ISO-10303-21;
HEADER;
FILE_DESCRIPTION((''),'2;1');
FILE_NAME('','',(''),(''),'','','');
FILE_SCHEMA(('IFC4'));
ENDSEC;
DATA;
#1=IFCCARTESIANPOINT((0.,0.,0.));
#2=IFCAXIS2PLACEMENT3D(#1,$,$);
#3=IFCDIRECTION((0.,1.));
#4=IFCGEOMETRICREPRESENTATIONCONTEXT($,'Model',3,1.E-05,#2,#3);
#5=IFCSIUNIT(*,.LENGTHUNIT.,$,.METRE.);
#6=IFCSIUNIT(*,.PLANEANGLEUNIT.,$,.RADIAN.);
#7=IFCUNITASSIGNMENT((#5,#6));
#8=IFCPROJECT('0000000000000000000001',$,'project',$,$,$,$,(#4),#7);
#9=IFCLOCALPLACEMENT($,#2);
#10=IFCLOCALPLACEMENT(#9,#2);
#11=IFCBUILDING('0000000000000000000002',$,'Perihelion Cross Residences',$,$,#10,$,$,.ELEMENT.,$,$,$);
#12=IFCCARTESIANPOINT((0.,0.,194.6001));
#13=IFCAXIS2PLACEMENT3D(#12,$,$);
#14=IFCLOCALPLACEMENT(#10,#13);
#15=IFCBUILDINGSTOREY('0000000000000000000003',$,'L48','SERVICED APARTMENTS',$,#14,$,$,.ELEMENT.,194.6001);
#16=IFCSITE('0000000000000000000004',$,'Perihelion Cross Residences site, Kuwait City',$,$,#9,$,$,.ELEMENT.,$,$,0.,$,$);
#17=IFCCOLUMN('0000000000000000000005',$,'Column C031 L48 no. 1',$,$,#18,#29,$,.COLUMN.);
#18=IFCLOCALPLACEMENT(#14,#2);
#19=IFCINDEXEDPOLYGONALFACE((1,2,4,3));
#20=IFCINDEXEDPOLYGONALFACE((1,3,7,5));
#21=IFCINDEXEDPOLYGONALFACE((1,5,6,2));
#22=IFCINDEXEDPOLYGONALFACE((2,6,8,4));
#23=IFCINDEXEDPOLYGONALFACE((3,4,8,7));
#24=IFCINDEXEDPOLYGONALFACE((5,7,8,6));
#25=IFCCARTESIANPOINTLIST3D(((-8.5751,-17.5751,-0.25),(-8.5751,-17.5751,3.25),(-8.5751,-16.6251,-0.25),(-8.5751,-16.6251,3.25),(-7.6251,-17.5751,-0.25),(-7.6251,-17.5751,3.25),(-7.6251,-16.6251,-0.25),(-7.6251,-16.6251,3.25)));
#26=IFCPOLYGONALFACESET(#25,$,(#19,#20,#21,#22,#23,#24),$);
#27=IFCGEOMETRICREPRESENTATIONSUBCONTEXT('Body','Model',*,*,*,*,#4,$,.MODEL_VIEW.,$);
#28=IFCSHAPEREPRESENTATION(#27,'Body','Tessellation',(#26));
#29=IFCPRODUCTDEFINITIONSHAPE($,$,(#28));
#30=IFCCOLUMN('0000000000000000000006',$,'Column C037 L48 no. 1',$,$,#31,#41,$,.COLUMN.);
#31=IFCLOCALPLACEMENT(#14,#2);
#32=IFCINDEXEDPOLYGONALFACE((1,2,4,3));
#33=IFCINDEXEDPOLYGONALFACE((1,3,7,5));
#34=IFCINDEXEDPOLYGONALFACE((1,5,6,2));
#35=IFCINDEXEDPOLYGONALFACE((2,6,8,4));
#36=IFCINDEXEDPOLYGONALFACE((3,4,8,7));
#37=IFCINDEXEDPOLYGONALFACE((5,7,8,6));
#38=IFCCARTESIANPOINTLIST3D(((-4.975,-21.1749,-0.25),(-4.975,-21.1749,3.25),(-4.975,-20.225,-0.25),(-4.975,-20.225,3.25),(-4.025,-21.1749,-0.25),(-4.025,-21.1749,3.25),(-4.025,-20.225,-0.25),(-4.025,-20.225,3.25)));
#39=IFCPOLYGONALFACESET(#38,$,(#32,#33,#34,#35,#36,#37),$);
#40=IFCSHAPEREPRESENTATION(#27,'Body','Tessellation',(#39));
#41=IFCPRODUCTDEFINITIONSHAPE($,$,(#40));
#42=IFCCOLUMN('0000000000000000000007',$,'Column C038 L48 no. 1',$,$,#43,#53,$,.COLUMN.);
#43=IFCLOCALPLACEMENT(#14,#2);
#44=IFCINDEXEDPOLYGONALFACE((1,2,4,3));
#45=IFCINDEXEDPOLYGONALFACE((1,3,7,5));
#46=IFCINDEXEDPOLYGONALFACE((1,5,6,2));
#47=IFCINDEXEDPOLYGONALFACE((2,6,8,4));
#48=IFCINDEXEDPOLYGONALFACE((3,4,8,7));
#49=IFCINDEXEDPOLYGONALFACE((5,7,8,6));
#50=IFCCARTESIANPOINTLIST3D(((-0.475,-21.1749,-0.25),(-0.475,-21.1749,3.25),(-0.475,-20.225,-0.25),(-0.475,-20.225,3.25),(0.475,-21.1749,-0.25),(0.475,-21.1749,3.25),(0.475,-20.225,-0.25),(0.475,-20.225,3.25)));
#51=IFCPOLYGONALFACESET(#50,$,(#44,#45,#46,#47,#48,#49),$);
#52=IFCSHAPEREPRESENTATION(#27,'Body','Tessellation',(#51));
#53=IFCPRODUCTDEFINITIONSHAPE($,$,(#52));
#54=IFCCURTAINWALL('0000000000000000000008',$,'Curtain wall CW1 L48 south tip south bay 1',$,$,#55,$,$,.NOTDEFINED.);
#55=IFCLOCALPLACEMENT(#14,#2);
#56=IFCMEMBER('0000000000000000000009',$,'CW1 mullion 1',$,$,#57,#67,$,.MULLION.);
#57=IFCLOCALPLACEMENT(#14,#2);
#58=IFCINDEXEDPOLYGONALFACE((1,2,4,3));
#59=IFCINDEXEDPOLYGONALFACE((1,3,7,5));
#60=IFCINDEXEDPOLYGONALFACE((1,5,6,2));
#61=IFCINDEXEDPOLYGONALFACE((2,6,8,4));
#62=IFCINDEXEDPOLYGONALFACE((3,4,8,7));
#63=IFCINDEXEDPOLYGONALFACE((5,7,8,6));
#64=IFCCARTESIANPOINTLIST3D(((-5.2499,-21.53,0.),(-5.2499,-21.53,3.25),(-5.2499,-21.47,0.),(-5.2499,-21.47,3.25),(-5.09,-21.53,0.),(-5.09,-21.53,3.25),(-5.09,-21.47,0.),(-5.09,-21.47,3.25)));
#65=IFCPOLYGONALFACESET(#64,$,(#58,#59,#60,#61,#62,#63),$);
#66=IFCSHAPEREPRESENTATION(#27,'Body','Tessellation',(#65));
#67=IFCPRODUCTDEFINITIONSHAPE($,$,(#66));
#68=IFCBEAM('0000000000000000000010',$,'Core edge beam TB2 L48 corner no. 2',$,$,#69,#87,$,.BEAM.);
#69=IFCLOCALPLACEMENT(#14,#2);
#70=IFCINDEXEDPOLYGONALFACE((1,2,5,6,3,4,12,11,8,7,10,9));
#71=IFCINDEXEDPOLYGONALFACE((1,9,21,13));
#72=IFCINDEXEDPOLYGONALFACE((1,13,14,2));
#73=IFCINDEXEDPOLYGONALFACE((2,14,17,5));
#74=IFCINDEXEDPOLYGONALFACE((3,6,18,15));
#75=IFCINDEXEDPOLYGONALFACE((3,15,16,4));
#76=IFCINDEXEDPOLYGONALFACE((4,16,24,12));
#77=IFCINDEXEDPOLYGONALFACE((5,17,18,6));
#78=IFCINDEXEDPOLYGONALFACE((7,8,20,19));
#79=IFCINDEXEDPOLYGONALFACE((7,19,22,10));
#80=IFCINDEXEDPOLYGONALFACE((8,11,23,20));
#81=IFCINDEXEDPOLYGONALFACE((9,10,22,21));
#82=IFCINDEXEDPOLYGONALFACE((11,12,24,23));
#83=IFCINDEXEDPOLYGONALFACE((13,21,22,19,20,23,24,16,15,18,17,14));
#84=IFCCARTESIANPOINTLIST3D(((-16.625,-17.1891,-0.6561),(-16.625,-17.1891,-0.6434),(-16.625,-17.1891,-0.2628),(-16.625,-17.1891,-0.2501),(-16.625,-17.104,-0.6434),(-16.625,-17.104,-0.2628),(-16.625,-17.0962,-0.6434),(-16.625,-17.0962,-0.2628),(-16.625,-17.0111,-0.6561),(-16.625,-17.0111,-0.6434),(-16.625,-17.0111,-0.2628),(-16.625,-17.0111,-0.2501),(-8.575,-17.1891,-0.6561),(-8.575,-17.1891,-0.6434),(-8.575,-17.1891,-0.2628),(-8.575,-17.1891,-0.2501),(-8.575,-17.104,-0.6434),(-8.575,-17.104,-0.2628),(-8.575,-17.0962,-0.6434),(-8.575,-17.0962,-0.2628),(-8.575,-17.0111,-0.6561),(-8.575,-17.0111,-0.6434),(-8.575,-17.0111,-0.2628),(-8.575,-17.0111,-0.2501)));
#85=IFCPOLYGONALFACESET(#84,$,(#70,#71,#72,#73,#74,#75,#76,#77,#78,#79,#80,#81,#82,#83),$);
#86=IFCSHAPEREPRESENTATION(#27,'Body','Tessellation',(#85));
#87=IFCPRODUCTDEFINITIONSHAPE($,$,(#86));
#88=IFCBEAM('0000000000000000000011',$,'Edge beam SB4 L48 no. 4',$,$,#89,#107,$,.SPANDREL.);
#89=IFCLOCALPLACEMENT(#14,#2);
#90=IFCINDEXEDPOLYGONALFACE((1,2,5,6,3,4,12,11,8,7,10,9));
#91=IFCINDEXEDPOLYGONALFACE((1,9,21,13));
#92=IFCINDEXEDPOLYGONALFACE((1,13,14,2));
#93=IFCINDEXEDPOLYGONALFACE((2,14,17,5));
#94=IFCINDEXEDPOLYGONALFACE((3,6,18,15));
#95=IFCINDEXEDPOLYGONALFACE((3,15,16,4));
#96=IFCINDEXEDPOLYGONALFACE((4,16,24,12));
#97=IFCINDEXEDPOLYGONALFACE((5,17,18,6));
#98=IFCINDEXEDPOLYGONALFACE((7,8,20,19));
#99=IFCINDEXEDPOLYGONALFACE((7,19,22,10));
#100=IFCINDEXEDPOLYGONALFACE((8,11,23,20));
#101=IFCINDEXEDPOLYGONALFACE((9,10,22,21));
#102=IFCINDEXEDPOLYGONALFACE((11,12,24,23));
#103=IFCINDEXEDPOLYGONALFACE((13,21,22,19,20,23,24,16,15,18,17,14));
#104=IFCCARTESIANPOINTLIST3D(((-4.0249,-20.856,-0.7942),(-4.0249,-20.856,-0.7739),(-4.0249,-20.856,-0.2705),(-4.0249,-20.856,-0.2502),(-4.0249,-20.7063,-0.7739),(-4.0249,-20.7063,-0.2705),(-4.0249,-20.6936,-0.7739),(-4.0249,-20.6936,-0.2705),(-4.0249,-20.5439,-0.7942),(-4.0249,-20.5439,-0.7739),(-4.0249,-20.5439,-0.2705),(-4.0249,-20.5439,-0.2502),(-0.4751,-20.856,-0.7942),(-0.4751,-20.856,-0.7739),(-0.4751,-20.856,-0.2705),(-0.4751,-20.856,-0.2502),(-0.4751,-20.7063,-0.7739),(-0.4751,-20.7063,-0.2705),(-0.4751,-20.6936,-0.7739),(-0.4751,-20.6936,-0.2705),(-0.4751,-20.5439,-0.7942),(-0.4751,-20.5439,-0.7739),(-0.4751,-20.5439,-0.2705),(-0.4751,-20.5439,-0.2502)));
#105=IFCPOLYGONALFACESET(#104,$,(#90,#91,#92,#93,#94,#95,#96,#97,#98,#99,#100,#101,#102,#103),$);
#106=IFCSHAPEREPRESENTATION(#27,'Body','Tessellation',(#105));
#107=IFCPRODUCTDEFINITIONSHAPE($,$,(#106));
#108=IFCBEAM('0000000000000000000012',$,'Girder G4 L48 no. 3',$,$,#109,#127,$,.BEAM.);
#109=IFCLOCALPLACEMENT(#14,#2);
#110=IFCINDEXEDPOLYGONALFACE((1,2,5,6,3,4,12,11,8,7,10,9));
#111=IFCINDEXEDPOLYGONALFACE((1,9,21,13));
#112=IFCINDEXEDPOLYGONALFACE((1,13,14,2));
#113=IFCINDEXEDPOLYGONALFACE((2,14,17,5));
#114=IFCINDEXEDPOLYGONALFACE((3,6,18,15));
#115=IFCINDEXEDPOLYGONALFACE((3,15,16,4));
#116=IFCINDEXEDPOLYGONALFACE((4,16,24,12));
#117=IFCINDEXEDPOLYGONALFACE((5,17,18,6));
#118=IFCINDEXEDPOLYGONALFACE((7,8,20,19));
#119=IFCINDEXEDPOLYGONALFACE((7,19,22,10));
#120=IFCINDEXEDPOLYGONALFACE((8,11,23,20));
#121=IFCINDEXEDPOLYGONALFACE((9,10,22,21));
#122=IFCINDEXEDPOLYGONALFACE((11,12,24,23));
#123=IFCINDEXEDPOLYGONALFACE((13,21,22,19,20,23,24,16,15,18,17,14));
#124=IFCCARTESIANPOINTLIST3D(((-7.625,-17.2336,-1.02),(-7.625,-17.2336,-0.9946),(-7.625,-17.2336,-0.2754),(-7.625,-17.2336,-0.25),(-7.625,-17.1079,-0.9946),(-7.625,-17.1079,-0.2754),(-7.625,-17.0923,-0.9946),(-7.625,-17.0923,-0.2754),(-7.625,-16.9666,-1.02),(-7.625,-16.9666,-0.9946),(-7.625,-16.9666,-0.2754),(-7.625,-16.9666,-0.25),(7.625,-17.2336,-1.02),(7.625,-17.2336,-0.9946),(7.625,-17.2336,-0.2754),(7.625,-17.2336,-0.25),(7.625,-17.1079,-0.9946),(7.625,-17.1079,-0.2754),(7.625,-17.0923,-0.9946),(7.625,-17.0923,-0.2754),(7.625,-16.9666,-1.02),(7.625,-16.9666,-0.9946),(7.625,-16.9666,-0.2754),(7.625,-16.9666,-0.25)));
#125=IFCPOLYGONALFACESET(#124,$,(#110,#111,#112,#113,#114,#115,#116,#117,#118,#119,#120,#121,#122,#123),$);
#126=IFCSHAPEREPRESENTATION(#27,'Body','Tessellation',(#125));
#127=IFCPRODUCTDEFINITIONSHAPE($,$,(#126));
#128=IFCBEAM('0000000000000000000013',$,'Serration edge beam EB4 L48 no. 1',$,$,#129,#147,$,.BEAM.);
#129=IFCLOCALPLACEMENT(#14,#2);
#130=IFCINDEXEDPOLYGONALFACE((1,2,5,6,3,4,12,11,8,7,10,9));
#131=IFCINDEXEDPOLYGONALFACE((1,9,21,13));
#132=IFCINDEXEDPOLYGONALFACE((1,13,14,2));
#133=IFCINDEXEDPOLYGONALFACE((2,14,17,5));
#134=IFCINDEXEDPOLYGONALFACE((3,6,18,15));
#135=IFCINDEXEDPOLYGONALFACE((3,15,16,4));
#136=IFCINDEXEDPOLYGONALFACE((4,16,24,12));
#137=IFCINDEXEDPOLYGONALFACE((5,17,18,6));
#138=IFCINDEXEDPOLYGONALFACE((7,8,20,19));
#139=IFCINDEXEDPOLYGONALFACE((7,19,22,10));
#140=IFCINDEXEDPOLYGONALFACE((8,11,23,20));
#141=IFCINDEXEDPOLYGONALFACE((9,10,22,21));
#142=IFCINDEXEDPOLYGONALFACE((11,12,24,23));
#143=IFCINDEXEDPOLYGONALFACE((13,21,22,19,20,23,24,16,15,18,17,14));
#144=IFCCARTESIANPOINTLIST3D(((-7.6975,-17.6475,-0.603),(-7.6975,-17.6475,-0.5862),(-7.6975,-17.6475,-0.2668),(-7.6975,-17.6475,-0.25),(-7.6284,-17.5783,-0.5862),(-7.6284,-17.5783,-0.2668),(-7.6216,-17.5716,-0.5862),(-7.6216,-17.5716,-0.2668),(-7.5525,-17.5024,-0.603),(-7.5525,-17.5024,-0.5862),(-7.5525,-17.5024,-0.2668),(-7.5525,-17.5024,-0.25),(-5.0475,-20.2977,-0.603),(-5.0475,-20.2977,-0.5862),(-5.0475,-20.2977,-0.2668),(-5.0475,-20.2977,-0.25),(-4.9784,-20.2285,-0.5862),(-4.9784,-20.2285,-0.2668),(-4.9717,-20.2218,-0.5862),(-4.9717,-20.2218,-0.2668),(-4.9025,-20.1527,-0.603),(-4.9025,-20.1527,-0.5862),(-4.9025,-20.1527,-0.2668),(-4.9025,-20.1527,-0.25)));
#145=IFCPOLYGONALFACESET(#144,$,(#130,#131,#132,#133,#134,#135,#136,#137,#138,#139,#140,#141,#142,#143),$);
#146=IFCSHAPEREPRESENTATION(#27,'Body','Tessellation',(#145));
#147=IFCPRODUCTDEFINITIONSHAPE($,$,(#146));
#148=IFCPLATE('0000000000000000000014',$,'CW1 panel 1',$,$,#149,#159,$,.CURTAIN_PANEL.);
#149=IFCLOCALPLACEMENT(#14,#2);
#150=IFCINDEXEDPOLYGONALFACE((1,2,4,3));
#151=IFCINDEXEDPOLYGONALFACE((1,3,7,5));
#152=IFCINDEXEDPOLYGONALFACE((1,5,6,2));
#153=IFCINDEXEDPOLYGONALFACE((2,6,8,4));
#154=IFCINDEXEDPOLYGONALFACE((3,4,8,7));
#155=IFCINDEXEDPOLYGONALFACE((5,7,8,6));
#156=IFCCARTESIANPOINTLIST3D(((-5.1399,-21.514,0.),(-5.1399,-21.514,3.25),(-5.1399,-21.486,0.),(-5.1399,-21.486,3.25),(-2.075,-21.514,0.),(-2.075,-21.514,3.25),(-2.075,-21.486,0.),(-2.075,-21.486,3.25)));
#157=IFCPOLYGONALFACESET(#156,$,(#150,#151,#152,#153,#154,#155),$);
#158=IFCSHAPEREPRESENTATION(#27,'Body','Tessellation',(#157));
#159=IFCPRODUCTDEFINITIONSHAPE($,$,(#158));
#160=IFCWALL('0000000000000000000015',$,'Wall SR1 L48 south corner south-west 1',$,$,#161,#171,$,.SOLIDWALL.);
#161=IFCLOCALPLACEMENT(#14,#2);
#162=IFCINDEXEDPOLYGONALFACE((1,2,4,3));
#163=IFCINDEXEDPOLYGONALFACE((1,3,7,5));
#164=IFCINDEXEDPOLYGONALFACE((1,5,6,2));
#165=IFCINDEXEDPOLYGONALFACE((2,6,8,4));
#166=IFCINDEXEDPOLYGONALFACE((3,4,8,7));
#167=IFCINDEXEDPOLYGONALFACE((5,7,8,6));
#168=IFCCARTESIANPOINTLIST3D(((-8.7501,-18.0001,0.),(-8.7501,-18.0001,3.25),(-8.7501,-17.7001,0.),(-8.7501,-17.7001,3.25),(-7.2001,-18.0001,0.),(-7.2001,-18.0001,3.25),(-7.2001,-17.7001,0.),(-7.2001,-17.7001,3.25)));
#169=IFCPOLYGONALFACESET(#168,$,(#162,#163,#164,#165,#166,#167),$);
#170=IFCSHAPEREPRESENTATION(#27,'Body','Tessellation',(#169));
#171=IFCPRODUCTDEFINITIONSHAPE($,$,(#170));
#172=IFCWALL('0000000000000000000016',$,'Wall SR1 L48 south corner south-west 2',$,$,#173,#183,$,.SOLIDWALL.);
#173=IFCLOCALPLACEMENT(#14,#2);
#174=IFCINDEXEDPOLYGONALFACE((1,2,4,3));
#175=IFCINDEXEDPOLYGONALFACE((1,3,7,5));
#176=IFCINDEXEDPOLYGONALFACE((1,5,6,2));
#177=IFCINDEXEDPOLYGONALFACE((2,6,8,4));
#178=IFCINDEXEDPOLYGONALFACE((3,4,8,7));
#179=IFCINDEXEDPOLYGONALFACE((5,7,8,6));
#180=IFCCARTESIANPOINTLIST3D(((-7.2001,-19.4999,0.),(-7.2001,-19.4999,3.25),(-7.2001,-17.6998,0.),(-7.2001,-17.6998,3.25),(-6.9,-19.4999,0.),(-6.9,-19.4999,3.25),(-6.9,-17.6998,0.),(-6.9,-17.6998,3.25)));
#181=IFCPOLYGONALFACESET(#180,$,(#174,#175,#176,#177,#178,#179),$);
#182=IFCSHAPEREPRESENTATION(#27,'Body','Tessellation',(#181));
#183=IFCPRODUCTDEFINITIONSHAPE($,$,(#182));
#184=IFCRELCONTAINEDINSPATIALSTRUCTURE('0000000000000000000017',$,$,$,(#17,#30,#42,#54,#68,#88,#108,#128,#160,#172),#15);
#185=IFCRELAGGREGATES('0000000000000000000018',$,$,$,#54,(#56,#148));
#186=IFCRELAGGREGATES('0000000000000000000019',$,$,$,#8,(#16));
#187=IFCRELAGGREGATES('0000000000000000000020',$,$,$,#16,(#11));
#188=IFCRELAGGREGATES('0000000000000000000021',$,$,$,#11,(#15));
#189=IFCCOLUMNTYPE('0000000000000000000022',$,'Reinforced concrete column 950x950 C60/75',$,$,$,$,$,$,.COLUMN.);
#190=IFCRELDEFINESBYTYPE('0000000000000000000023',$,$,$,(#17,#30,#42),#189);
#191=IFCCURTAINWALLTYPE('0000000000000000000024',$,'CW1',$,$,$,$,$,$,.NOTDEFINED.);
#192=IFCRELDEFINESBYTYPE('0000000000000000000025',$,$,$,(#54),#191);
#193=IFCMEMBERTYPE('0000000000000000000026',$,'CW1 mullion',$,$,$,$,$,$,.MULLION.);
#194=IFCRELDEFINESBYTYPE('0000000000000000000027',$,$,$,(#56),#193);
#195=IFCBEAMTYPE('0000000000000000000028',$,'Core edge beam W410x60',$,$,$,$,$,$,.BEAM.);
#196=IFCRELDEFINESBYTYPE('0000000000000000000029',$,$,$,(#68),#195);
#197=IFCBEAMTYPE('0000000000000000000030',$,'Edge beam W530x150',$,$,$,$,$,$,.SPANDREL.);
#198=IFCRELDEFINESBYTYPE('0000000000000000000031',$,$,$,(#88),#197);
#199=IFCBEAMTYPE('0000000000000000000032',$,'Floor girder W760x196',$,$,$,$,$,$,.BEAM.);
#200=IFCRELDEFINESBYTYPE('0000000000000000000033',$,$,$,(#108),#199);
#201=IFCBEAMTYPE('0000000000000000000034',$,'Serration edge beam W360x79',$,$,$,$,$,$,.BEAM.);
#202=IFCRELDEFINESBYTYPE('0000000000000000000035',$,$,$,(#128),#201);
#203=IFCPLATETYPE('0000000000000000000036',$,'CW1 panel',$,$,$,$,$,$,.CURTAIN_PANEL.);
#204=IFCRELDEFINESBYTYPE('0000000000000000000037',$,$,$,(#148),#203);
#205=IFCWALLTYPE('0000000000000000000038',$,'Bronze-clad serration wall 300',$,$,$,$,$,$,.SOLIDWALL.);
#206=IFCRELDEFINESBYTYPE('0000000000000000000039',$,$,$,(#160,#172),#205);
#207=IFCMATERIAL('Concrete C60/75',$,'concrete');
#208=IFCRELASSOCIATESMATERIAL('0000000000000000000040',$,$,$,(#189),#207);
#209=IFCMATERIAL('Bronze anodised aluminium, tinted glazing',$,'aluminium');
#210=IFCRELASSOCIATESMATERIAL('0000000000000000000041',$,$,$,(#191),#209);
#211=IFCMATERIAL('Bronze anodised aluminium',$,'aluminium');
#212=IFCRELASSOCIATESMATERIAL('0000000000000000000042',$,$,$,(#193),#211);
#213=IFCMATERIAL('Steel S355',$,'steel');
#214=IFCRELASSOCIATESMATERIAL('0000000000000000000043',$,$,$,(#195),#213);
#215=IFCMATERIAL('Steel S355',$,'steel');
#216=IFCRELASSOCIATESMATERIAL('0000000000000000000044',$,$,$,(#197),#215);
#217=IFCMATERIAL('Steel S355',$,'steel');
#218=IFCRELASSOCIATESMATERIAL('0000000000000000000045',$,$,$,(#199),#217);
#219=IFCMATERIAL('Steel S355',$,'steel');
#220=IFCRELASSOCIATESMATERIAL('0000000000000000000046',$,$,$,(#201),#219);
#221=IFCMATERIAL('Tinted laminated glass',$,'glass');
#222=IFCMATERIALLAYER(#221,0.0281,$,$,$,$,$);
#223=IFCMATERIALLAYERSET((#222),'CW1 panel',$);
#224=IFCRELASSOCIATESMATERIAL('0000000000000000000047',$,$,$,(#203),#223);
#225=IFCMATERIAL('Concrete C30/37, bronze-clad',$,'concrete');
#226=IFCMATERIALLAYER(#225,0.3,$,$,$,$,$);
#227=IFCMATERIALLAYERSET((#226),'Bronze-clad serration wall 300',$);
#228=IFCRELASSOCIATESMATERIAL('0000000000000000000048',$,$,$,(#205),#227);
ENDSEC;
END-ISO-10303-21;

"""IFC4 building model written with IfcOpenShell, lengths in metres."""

from ifc_helpers import new_model, si_unit, direction, frame, frame_2d, origin, origin_2d, place, context, subcontext, project, spatial, rectangle, i_section, extrude, material, layer, layer_set, material_profile, profile_set, type_object, element, aggregate, save


model = new_model("IFC4")

# Units and contexts
model_context = context("Model", 3, precision=1e-05, world=origin(), true_north=direction((0.0, 1.0)))
body_context = subcontext(model_context, "Body", "Model", "MODEL_VIEW")
ifc_project = project(units=[si_unit("LENGTHUNIT", "METRE"), si_unit("PLANEANGLEUNIT", "RADIAN")], contexts=[model_context])

# Site, building, storey
site_placement = place(None, origin())
site = spatial("IfcSite", under=ifc_project, at=site_placement, Name="Perihelion Cross Residences site, Kuwait City", CompositionType="ELEMENT", RefElevation=0.0)
building_placement = place(site_placement, origin())
building = spatial("IfcBuilding", under=site, at=building_placement, Name="Perihelion Cross Residences", CompositionType="ELEMENT")
storey_placement = place(building_placement, frame((0.0, 0.0, 194.6001)))
storey = spatial("IfcBuildingStorey", under=building, at=storey_placement, Name="L48", Description="SERVICED APARTMENTS", CompositionType="ELEMENT", Elevation=194.6001)

# Columns
ifc_material_1 = material(Name="Concrete C60/75", Category="concrete")
ifc_material_profile_1 = material_profile(ifc_material_1, rectangle(XDim=0.95, YDim=0.95, at=origin_2d()), Name="RC 950x950")
ifc_profile_set_1 = profile_set([ifc_material_profile_1], Name="Concrete C60/75")
column_type = type_object("IfcColumnType", Name="Reinforced concrete column 950x950 C60/75", PredefinedType="COLUMN", material=ifc_profile_set_1)
for number, where, z_axis, x_axis, name in (
    (1, (-8.1001, -17.1001, -0.25), (0.0, 0.0, 1.0), (1.0, 0.0, 0.0), "Column C031 L48 no. 1"),
    (2, (-4.5, -20.7, -0.25), (0.0, 0.0, 1.0), (1.0, 0.0, 0.0), "Column C037 L48 no. 1"),
    (3, (0.0, -20.7, -0.25), (0.0, 0.0, 1.0), (1.0, 0.0, 0.0), "Column C038 L48 no. 1"),
):
    element("IfcColumn", number, at=place(storey_placement, frame(where, z_axis=z_axis, x_axis=x_axis)), inside=storey, type_object=column_type, Name=name, PredefinedType="COLUMN", context=body_context, shape_type="SweptSolid", body=[
        extrude(rectangle(XDim=0.95, YDim=0.95, at=origin_2d()), origin(), (0.0, 0.0, 1.0), 3.5),
    ])

# Curtain wall, member
ifc_material_2 = material(Name="Bronze anodised aluminium, tinted glazing", Category="aluminium")
curtain_wall_type = type_object("IfcCurtainWallType", Name="CW1", PredefinedType="NOTDEFINED", material=ifc_material_2)
curtain_wall_placement = place(storey_placement, origin())
curtain_wall = element("IfcCurtainWall", 4, at=curtain_wall_placement, inside=storey, type_object=curtain_wall_type, Name="Curtain wall CW1 L48 south tip south bay 1", PredefinedType="NOTDEFINED")
ifc_material_3 = material(Name="Bronze anodised aluminium", Category="aluminium")
ifc_material_profile_2 = material_profile(ifc_material_3, rectangle(XDim=0.0601, YDim=0.1599, at=origin_2d()), Name="CW1 mullion")
ifc_profile_set_2 = profile_set([ifc_material_profile_2], Name="Bronze anodised aluminium")
member_type = type_object("IfcMemberType", Name="CW1 mullion", PredefinedType="MULLION", material=ifc_profile_set_2)
member_placement = place(storey_placement, frame((-5.1699, -21.5, 0.0), z_axis=(0.0, 0.0, 1.0), x_axis=(0.0, 1.0, 0.0)))
member = element("IfcMember", 5, at=member_placement, type_object=member_type, Name="CW1 mullion 1", PredefinedType="MULLION", context=body_context, shape_type="SweptSolid", body=[
    extrude(rectangle(XDim=0.0601, YDim=0.1599, at=origin_2d()), origin(), (0.0, 0.0, 1.0), 3.25),
])

# Beams
ifc_material_4 = material(Name="Steel S355", Category="steel")
ifc_material_profile_3 = material_profile(ifc_material_4, i_section(OverallWidth=0.178, OverallDepth=0.406, WebThickness=0.0078, FlangeThickness=0.0127, at=origin_2d()), Name="W410x60")
ifc_profile_set_3 = profile_set([ifc_material_profile_3], Name="Steel S355")
beam_type_1 = type_object("IfcBeamType", Name="Core edge beam W410x60", PredefinedType="BEAM", material=ifc_profile_set_3)
beam_1_placement = place(storey_placement, frame((-8.575, -17.1001, -0.4531), z_axis=(-1.0, 0.0, 0.0), x_axis=(0.0, -1.0, 0.0)))
element("IfcBeam", 6, at=beam_1_placement, inside=storey, type_object=beam_type_1, Name="Core edge beam TB2 L48 corner no. 2", PredefinedType="BEAM", context=body_context, shape_type="SweptSolid", body=[
    extrude(i_section(OverallWidth=0.178, OverallDepth=0.406, WebThickness=0.0078, FlangeThickness=0.0127, at=origin_2d()), origin(), (0.0, 0.0, 1.0), 8.05),
])
ifc_material_5 = material(Name="Steel S355", Category="steel")
ifc_material_profile_4 = material_profile(ifc_material_5, i_section(OverallWidth=0.312, OverallDepth=0.5439, WebThickness=0.0127, FlangeThickness=0.0203, at=origin_2d()), Name="W530x150")
ifc_profile_set_4 = profile_set([ifc_material_profile_4], Name="Steel S355")
beam_type_2 = type_object("IfcBeamType", Name="Edge beam W530x150", PredefinedType="SPANDREL", material=ifc_profile_set_4)
beam_2_placement = place(storey_placement, frame((-4.0249, -20.7, -0.5222), z_axis=(1.0, 0.0, 0.0), x_axis=(0.0, 1.0, 0.0)))
element("IfcBeam", 7, at=beam_2_placement, inside=storey, type_object=beam_type_2, Name="Edge beam SB4 L48 no. 4", PredefinedType="SPANDREL", context=body_context, shape_type="SweptSolid", body=[
    extrude(i_section(OverallWidth=0.312, OverallDepth=0.5439, WebThickness=0.0127, FlangeThickness=0.0203, at=origin_2d()), origin(), (0.0, 0.0, 1.0), 3.5498),
])
ifc_material_6 = material(Name="Steel S355", Category="steel")
ifc_material_profile_5 = material_profile(ifc_material_6, i_section(OverallWidth=0.2671, OverallDepth=0.77, WebThickness=0.0156, FlangeThickness=0.0254, at=origin_2d()), Name="W760x196")
ifc_profile_set_5 = profile_set([ifc_material_profile_5], Name="Steel S355")
beam_type_3 = type_object("IfcBeamType", Name="Floor girder W760x196", PredefinedType="BEAM", material=ifc_profile_set_5)
beam_3_placement = place(storey_placement, frame((-7.625, -17.1001, -0.635), z_axis=(1.0, 0.0, 0.0), x_axis=(0.0, 1.0, 0.0)))
element("IfcBeam", 8, at=beam_3_placement, inside=storey, type_object=beam_type_3, Name="Girder G4 L48 no. 3", PredefinedType="BEAM", context=body_context, shape_type="SweptSolid", body=[
    extrude(i_section(OverallWidth=0.2671, OverallDepth=0.77, WebThickness=0.0156, FlangeThickness=0.0254, at=origin_2d()), origin(), (0.0, 0.0, 1.0), 15.25),
])
ifc_material_7 = material(Name="Steel S355", Category="steel")
ifc_material_profile_6 = material_profile(ifc_material_7, i_section(OverallWidth=0.2051, OverallDepth=0.353, WebThickness=0.0095, FlangeThickness=0.0168, at=origin_2d()), Name="W360x79")
ifc_profile_set_6 = profile_set([ifc_material_profile_6], Name="Steel S355")
beam_type_4 = type_object("IfcBeamType", Name="Serration edge beam W360x79", PredefinedType="BEAM", material=ifc_profile_set_6)
beam_4_placement = place(storey_placement, frame((-7.625, -17.575, -0.4265), z_axis=(0.707074, -0.707139, 0.0), x_axis=(0.707139, 0.707074, 0.0)))
element("IfcBeam", 9, at=beam_4_placement, inside=storey, type_object=beam_type_4, Name="Serration edge beam EB4 L48 no. 1", PredefinedType="BEAM", context=body_context, shape_type="SweptSolid", body=[
    extrude(i_section(OverallWidth=0.2051, OverallDepth=0.353, WebThickness=0.0095, FlangeThickness=0.0168, at=origin_2d()), origin(), (0.0, 0.0, 1.0), 3.7478),
])

# Plate
ifc_material_8 = material(Name="Tinted laminated glass", Category="glass")
ifc_layer_1 = layer(ifc_material_8, 0.0281)
ifc_layer_set_1 = layer_set([ifc_layer_1], Name="CW1 panel")
plate_type = type_object("IfcPlateType", Name="CW1 panel", PredefinedType="CURTAIN_PANEL", material=ifc_layer_set_1)
plate_placement = place(storey_placement, frame((-3.6074, -21.5, 0.0), z_axis=(0.0, 0.0, 1.0), x_axis=(1.0, 0.0, 0.0)))
plate = element("IfcPlate", 10, at=plate_placement, type_object=plate_type, Name="CW1 panel 1", PredefinedType="CURTAIN_PANEL", context=body_context, shape_type="SweptSolid", body=[
    extrude(rectangle(XDim=3.0649, YDim=0.0281, at=origin_2d()), origin(), (0.0, 0.0, 1.0), 3.25),
])
aggregate(curtain_wall, [member, plate])

# Walls
ifc_material_9 = material(Name="Concrete C30/37, bronze-clad", Category="concrete")
ifc_layer_2 = layer(ifc_material_9, 0.3)
ifc_layer_set_2 = layer_set([ifc_layer_2], Name="Bronze-clad serration wall 300")
wall_type_1 = type_object("IfcWallType", Name="Bronze-clad serration wall 300", PredefinedType="SOLIDWALL", material=ifc_layer_set_2)
wall_1_placement = place(storey_placement, frame((-8.75, -17.8501, 0.0), z_axis=(0.0, 0.0, 1.0), x_axis=(1.0, 0.0, 0.0)))
element("IfcWall", 11, at=wall_1_placement, inside=storey, type_object=wall_type_1, Name="Wall SR1 L48 south corner south-west 1", PredefinedType="SOLIDWALL", context=body_context, shape_type="SweptSolid", body=[
    extrude(rectangle(XDim=1.55, YDim=0.3, at=frame_2d((0.7749, 0.0))), origin(), (0.0, 0.0, 1.0), 3.25),
])
for number, where, z_axis, x_axis, name in (
    (12, (-7.05, -17.7, 0.0), (0.0, 0.0, 1.0), (0.0, -1.0, 0.0), "Wall SR1 L48 south corner south-west 2"),
):
    element("IfcWall", number, at=place(storey_placement, frame(where, z_axis=z_axis, x_axis=x_axis)), inside=storey, type_object=wall_type_1, Name=name, PredefinedType="SOLIDWALL", context=body_context, shape_type="SweptSolid", body=[
        extrude(rectangle(XDim=1.8, YDim=0.3, at=frame_2d((0.8999, 0.0))), origin(), (0.0, 0.0, 1.0), 3.25),
    ])

save(model, "model.ifc")
